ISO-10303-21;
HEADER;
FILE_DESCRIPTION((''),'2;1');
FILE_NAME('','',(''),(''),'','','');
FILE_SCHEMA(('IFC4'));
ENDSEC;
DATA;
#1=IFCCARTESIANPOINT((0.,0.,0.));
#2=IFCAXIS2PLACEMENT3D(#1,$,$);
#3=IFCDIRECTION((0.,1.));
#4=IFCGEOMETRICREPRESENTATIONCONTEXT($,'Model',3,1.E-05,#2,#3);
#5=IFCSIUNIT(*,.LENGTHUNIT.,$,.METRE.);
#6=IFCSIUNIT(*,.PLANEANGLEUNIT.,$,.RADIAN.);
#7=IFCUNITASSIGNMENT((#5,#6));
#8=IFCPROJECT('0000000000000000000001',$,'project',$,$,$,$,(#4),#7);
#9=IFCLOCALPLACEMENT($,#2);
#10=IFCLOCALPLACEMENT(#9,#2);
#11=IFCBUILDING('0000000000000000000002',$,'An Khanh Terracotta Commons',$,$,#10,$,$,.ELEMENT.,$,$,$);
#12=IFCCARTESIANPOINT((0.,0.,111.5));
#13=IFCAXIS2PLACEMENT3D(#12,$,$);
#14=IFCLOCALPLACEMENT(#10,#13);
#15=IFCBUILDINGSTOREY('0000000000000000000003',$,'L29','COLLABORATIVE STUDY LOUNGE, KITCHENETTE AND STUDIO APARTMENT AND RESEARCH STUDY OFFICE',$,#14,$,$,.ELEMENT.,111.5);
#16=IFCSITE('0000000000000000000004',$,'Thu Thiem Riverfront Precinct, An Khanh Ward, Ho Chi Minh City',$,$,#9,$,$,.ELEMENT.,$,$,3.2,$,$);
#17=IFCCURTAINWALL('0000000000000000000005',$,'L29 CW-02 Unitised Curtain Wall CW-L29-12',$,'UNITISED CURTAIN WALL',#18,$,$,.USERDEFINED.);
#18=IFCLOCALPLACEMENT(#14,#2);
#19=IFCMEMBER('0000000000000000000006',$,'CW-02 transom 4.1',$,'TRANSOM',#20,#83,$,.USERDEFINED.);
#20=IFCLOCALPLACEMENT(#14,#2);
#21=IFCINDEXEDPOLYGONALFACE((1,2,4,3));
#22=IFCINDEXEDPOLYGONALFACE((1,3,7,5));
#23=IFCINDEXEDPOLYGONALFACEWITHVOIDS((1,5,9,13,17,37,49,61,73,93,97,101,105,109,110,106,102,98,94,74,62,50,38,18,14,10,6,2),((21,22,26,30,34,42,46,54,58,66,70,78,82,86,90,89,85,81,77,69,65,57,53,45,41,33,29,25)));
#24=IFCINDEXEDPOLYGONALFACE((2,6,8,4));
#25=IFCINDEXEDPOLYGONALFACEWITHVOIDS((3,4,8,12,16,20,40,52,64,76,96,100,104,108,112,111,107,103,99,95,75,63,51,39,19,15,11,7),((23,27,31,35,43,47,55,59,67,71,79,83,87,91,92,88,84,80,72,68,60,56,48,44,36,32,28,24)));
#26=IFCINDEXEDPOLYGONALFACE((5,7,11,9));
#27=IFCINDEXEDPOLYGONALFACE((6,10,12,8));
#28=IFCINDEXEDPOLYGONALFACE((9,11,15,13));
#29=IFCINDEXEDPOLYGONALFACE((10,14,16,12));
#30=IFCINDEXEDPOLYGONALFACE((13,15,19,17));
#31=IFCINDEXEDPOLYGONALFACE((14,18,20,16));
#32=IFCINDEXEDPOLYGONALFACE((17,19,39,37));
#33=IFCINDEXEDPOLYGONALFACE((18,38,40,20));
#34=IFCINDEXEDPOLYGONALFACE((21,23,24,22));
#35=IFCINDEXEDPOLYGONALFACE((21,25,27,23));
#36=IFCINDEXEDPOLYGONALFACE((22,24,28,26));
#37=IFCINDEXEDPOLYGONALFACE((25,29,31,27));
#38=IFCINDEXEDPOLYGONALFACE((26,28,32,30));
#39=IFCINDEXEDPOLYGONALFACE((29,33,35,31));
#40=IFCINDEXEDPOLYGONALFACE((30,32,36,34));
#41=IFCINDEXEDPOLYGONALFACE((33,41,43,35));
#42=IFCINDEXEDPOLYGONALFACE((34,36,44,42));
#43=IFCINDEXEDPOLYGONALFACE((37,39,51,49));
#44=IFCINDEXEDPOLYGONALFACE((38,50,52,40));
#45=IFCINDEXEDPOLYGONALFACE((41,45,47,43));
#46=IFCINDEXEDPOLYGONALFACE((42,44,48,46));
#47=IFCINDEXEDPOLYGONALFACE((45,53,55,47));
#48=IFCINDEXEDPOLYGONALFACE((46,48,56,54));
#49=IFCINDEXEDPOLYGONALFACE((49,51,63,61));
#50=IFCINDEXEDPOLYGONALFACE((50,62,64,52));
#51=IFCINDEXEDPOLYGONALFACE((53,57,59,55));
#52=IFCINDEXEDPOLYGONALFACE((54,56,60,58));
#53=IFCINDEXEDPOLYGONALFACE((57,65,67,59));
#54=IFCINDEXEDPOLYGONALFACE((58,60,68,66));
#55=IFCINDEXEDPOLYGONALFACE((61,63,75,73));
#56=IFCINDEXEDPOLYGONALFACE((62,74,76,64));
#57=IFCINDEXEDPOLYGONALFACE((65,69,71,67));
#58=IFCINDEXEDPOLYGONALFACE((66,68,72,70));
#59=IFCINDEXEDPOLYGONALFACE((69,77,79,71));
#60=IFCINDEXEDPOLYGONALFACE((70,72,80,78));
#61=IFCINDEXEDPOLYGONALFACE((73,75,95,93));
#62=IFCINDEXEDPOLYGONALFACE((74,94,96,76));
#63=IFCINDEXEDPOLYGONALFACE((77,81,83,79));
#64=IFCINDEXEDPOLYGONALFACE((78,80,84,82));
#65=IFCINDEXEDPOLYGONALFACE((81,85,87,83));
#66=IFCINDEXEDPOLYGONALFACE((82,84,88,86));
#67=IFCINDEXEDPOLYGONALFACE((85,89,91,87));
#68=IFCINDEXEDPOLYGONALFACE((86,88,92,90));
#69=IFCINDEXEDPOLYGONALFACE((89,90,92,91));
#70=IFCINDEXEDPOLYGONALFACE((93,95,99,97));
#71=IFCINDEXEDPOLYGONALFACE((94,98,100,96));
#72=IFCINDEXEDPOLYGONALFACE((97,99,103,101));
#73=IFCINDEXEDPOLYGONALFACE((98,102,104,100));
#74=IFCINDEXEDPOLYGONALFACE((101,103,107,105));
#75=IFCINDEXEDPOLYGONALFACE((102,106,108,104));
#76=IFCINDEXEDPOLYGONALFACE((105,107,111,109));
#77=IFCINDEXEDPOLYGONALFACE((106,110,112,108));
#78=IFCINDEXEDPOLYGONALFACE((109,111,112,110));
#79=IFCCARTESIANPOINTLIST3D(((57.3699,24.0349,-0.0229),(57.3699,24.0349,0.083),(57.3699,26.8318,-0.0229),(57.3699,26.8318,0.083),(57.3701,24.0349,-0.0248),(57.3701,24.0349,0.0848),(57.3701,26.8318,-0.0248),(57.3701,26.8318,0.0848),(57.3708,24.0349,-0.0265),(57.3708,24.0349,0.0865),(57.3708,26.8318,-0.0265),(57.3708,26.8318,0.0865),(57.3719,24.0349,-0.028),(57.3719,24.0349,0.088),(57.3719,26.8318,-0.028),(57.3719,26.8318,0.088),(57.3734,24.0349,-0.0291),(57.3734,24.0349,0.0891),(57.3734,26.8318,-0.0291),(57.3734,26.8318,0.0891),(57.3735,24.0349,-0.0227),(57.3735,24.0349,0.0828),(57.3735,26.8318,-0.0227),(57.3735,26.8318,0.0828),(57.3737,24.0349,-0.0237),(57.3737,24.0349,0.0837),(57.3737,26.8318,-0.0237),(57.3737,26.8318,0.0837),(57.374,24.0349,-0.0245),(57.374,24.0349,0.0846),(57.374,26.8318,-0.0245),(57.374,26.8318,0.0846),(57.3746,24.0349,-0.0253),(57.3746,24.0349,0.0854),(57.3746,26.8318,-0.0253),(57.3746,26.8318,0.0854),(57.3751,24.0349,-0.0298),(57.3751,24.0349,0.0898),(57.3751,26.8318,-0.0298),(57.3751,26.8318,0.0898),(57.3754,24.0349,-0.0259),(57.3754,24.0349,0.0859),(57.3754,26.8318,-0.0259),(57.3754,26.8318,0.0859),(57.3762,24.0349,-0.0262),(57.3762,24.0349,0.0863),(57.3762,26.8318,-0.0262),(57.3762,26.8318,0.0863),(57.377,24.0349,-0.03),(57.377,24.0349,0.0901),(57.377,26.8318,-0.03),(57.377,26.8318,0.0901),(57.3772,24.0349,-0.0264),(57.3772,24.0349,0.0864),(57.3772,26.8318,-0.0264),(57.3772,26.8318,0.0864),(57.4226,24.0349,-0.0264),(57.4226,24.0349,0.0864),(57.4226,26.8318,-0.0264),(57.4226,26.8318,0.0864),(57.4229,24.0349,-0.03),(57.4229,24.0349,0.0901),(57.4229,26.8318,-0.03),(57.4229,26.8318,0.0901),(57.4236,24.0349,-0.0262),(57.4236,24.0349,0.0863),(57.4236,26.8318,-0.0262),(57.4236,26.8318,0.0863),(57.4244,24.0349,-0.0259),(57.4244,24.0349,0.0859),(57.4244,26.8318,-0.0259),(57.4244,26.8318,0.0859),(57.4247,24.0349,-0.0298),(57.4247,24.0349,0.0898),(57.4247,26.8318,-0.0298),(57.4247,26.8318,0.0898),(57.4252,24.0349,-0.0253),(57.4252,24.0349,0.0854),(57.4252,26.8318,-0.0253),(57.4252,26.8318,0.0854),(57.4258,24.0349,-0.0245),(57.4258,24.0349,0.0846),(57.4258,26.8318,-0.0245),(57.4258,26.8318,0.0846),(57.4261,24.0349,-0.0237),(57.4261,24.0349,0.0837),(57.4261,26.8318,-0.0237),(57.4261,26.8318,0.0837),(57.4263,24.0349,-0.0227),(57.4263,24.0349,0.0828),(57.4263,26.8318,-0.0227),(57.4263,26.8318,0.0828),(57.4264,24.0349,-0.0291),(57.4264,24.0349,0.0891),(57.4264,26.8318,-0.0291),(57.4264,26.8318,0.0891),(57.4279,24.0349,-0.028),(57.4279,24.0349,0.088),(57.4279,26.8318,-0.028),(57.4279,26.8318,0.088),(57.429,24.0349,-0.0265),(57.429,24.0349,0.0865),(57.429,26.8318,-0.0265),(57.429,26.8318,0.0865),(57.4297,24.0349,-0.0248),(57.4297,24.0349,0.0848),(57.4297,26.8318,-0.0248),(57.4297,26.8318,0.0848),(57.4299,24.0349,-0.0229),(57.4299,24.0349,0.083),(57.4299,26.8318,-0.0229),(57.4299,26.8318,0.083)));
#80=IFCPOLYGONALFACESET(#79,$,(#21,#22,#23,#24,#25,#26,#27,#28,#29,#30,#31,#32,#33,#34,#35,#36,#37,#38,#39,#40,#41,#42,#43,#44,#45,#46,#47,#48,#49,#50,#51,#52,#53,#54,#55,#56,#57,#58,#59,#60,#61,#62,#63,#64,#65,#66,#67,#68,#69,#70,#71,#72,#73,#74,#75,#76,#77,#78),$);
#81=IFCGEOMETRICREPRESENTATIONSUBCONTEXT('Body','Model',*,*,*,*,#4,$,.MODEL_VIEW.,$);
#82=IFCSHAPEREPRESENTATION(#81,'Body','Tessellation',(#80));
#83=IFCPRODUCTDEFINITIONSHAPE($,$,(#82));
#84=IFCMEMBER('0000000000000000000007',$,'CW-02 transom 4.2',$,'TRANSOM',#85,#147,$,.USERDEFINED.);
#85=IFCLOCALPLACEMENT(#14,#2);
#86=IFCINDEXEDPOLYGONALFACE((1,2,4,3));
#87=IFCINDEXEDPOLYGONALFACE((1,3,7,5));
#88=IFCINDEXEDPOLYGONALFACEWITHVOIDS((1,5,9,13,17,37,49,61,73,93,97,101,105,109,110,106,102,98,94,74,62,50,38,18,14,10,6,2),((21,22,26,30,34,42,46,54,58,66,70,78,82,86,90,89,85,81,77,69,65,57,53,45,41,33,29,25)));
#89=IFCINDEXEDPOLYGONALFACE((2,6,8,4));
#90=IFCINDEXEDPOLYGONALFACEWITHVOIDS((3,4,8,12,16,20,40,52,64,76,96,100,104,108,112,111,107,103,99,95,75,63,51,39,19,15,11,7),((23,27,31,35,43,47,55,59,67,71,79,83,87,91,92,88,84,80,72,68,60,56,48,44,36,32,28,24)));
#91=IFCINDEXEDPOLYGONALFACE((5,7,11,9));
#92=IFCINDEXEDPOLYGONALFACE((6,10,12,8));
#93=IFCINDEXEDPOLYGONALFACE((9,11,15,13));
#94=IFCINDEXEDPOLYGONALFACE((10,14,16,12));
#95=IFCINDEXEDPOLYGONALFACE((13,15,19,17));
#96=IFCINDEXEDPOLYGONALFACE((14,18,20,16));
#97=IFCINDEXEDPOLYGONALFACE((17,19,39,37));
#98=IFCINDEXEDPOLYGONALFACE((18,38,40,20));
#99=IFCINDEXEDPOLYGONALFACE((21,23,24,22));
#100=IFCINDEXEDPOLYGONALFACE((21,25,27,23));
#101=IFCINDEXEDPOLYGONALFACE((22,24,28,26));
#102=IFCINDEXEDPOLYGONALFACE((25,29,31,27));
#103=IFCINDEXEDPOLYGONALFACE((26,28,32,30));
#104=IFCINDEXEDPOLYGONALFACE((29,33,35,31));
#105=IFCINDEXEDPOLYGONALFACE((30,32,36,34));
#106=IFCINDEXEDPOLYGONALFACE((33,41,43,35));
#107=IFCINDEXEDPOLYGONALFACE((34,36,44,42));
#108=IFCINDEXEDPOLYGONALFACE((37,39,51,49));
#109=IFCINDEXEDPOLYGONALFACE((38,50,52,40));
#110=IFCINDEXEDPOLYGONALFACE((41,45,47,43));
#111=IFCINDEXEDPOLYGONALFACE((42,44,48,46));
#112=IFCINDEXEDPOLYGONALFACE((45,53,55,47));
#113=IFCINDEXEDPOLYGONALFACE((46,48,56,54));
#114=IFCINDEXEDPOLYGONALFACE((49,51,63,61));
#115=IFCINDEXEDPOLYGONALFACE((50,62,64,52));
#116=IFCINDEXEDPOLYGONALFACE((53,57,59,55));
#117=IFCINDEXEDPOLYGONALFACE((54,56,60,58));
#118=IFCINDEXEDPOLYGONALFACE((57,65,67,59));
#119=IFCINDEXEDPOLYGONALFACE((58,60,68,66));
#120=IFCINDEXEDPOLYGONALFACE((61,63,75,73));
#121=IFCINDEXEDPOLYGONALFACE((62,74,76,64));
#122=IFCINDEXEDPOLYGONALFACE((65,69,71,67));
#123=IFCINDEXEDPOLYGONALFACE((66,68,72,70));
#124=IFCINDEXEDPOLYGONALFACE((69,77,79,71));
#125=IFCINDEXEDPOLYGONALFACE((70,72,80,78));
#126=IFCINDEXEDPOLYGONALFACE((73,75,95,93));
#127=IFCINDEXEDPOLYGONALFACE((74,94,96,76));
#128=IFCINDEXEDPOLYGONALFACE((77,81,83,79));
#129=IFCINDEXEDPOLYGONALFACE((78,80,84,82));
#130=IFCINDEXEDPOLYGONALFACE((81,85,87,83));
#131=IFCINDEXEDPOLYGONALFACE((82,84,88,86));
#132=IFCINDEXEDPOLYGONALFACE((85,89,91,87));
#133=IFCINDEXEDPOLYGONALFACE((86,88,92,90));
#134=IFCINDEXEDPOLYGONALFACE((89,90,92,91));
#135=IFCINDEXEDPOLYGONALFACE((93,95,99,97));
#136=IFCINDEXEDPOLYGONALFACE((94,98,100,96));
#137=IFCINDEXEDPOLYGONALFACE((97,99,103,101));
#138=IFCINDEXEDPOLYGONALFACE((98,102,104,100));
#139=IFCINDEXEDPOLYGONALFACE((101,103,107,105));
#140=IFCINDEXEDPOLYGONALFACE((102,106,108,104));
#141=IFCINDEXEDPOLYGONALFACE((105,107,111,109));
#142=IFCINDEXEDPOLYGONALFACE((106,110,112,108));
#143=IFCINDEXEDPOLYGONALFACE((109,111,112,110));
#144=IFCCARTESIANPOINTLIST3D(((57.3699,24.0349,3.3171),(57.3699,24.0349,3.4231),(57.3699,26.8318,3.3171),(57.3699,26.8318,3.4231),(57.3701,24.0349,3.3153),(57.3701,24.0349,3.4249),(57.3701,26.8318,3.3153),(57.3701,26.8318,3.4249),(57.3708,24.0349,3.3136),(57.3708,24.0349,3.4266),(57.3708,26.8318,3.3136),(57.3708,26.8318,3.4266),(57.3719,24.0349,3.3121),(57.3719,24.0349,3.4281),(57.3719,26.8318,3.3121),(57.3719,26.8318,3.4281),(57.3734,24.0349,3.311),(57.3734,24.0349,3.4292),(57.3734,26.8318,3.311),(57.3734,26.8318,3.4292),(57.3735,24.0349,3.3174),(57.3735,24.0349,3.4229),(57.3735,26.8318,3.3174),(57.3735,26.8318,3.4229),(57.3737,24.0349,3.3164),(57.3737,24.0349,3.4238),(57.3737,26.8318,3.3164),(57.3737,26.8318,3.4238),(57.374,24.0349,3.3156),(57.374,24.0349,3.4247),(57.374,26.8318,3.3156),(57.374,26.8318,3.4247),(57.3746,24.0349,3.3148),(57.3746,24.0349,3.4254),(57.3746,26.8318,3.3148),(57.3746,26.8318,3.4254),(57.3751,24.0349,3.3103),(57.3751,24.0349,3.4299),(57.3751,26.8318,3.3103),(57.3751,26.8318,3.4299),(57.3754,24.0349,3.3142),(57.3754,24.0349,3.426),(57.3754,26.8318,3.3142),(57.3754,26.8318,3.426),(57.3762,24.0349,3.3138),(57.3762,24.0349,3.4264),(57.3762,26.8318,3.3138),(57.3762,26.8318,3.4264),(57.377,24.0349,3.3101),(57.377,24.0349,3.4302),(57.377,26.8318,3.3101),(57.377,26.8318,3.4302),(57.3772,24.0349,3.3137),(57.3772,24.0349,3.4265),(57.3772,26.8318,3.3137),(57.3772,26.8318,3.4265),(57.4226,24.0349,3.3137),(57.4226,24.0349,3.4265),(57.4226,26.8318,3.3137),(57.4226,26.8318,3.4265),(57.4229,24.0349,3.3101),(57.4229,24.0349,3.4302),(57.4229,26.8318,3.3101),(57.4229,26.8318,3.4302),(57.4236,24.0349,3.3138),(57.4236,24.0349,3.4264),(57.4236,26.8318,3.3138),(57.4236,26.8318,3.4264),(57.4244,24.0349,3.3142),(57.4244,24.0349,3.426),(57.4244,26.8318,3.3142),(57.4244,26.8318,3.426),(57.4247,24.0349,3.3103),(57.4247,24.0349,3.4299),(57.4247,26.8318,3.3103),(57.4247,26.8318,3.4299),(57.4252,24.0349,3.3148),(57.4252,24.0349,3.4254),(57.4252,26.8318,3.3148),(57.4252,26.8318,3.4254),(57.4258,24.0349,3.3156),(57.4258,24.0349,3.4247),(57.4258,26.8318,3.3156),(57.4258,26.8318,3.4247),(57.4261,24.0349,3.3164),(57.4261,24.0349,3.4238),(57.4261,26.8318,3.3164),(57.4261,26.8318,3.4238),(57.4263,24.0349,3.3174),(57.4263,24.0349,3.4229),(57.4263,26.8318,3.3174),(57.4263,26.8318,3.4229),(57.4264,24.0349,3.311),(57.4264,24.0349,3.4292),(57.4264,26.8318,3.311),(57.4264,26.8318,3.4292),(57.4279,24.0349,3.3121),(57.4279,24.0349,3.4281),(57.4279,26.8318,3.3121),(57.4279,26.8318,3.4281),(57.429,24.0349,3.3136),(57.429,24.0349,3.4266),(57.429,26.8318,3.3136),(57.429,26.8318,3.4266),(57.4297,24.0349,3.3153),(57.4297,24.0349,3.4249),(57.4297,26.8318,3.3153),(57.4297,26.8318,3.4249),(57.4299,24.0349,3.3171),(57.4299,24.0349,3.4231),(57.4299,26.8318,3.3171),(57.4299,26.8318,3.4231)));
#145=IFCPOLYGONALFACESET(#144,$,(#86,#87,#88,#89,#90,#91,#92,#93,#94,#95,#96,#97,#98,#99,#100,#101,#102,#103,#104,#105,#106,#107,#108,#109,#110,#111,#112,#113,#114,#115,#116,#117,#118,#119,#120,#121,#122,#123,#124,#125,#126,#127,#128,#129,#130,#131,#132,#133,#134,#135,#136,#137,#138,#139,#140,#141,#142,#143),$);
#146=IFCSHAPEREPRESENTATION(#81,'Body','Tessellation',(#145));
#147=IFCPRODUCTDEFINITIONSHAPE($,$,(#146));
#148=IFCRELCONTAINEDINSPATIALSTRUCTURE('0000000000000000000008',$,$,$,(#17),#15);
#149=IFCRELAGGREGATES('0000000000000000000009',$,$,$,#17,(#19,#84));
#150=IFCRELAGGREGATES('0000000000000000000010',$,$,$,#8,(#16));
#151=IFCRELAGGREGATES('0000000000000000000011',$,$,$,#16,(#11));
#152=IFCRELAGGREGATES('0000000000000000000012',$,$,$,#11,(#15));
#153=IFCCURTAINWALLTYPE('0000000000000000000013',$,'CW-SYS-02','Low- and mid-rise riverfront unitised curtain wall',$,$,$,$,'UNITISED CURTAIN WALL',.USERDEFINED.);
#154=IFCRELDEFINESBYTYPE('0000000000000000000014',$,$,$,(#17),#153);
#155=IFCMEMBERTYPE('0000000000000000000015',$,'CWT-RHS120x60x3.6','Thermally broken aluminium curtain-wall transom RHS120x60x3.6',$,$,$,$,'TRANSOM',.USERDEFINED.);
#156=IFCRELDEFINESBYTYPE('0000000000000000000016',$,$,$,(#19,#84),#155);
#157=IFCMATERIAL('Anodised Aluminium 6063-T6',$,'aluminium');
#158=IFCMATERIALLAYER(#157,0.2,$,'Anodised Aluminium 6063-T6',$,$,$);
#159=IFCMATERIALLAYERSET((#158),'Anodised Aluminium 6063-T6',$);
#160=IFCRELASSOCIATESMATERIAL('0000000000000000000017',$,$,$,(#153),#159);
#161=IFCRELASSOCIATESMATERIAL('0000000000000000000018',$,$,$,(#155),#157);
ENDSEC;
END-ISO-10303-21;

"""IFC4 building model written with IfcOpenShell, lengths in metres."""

from ifc_helpers import new_model, si_unit, direction, frame, origin, origin_2d, place, context, subcontext, project, spatial, hollow_rectangle, extrude, material, layer, layer_set, material_profile, profile_set, type_object, element, aggregate, save


model = new_model("IFC4")

# Units and contexts
model_context = context("Model", 3, precision=1e-05, world=origin(), true_north=direction((0.0, 1.0)))
body_context = subcontext(model_context, "Body", "Model", "MODEL_VIEW")
ifc_project = project(units=[si_unit("LENGTHUNIT", "METRE"), si_unit("PLANEANGLEUNIT", "RADIAN")], contexts=[model_context])

# Site, building, storey
site_placement = place(None, origin())
site = spatial("IfcSite", under=ifc_project, at=site_placement, Name="Thu Thiem Riverfront Precinct, An Khanh Ward, Ho Chi Minh City", CompositionType="ELEMENT", RefElevation=3.2)
building_placement = place(site_placement, origin())
building = spatial("IfcBuilding", under=site, at=building_placement, Name="An Khanh Terracotta Commons", CompositionType="ELEMENT")
storey_placement = place(building_placement, frame((0.0, 0.0, 111.5)))
storey = spatial("IfcBuildingStorey", under=building, at=storey_placement, Name="L29", Description="COLLABORATIVE STUDY LOUNGE, KITCHENETTE AND STUDIO APARTMENT AND RESEARCH STUDY OFFICE", CompositionType="ELEMENT", Elevation=111.5)

# Curtain wall, members
ifc_material_1 = material(Name="Anodised Aluminium 6063-T6", Category="aluminium")
ifc_layer_1 = layer(ifc_material_1, 0.2, Name="Anodised Aluminium 6063-T6")
ifc_layer_set_1 = layer_set([ifc_layer_1], Name="Anodised Aluminium 6063-T6")
curtain_wall_type = type_object("IfcCurtainWallType", Name="CW-SYS-02", Description="Low- and mid-rise riverfront unitised curtain wall", ElementType="UNITISED CURTAIN WALL", PredefinedType="USERDEFINED", material=ifc_layer_set_1)
curtain_wall_placement = place(storey_placement, origin())
curtain_wall = element("IfcCurtainWall", 1, at=curtain_wall_placement, inside=storey, type_object=curtain_wall_type, Name="L29 CW-02 Unitised Curtain Wall CW-L29-12", ObjectType="UNITISED CURTAIN WALL", PredefinedType="USERDEFINED")
ifc_material_profile_1 = material_profile(ifc_material_1, hollow_rectangle(XDim=0.0601, YDim=0.1201, WallThickness=0.0037, InnerFilletRadius=0.0037, OuterFilletRadius=0.0071, at=origin_2d()), Name="RHS120x60x3.6")
ifc_profile_set_1 = profile_set([ifc_material_profile_1], Name="Anodised Aluminium 6063-T6")
member_type_1 = type_object("IfcMemberType", Name="CWT-RHS120x60x3.6", Description="Thermally broken aluminium curtain-wall transom RHS120x60x3.6", ElementType="TRANSOM", PredefinedType="USERDEFINED", material=ifc_profile_set_1)
member_1_placement = place(storey_placement, frame((57.3999, 24.0349, 0.03), z_axis=(0.0, 1.0, 0.0), x_axis=(-1.0, 0.0, 0.0)))
member_1 = element("IfcMember", 2, at=member_1_placement, type_object=member_type_1, Name="CW-02 transom 4.1", ObjectType="TRANSOM", PredefinedType="USERDEFINED", context=body_context, shape_type="SweptSolid", body=[
    extrude(hollow_rectangle(XDim=0.0601, YDim=0.1201, WallThickness=0.0037, InnerFilletRadius=0.0037, OuterFilletRadius=0.0071, at=origin_2d()), origin(), (0.0, 0.0, 1.0), 2.7969),
])
member_2_placement = place(storey_placement, frame((57.3999, 24.0349, 3.3701), z_axis=(0.0, 1.0, 0.0), x_axis=(-1.0, 0.0, 0.0)))
member_2 = element("IfcMember", 3, at=member_2_placement, type_object=member_type_1, Name="CW-02 transom 4.2", ObjectType="TRANSOM", PredefinedType="USERDEFINED", context=body_context, shape_type="SweptSolid", body=[
    extrude(hollow_rectangle(XDim=0.0601, YDim=0.1201, WallThickness=0.0037, InnerFilletRadius=0.0037, OuterFilletRadius=0.0071, at=origin_2d()), origin(), (0.0, 0.0, 1.0), 2.7969),
])
aggregate(curtain_wall, [member_1, member_2])

save(model, "model.ifc")
